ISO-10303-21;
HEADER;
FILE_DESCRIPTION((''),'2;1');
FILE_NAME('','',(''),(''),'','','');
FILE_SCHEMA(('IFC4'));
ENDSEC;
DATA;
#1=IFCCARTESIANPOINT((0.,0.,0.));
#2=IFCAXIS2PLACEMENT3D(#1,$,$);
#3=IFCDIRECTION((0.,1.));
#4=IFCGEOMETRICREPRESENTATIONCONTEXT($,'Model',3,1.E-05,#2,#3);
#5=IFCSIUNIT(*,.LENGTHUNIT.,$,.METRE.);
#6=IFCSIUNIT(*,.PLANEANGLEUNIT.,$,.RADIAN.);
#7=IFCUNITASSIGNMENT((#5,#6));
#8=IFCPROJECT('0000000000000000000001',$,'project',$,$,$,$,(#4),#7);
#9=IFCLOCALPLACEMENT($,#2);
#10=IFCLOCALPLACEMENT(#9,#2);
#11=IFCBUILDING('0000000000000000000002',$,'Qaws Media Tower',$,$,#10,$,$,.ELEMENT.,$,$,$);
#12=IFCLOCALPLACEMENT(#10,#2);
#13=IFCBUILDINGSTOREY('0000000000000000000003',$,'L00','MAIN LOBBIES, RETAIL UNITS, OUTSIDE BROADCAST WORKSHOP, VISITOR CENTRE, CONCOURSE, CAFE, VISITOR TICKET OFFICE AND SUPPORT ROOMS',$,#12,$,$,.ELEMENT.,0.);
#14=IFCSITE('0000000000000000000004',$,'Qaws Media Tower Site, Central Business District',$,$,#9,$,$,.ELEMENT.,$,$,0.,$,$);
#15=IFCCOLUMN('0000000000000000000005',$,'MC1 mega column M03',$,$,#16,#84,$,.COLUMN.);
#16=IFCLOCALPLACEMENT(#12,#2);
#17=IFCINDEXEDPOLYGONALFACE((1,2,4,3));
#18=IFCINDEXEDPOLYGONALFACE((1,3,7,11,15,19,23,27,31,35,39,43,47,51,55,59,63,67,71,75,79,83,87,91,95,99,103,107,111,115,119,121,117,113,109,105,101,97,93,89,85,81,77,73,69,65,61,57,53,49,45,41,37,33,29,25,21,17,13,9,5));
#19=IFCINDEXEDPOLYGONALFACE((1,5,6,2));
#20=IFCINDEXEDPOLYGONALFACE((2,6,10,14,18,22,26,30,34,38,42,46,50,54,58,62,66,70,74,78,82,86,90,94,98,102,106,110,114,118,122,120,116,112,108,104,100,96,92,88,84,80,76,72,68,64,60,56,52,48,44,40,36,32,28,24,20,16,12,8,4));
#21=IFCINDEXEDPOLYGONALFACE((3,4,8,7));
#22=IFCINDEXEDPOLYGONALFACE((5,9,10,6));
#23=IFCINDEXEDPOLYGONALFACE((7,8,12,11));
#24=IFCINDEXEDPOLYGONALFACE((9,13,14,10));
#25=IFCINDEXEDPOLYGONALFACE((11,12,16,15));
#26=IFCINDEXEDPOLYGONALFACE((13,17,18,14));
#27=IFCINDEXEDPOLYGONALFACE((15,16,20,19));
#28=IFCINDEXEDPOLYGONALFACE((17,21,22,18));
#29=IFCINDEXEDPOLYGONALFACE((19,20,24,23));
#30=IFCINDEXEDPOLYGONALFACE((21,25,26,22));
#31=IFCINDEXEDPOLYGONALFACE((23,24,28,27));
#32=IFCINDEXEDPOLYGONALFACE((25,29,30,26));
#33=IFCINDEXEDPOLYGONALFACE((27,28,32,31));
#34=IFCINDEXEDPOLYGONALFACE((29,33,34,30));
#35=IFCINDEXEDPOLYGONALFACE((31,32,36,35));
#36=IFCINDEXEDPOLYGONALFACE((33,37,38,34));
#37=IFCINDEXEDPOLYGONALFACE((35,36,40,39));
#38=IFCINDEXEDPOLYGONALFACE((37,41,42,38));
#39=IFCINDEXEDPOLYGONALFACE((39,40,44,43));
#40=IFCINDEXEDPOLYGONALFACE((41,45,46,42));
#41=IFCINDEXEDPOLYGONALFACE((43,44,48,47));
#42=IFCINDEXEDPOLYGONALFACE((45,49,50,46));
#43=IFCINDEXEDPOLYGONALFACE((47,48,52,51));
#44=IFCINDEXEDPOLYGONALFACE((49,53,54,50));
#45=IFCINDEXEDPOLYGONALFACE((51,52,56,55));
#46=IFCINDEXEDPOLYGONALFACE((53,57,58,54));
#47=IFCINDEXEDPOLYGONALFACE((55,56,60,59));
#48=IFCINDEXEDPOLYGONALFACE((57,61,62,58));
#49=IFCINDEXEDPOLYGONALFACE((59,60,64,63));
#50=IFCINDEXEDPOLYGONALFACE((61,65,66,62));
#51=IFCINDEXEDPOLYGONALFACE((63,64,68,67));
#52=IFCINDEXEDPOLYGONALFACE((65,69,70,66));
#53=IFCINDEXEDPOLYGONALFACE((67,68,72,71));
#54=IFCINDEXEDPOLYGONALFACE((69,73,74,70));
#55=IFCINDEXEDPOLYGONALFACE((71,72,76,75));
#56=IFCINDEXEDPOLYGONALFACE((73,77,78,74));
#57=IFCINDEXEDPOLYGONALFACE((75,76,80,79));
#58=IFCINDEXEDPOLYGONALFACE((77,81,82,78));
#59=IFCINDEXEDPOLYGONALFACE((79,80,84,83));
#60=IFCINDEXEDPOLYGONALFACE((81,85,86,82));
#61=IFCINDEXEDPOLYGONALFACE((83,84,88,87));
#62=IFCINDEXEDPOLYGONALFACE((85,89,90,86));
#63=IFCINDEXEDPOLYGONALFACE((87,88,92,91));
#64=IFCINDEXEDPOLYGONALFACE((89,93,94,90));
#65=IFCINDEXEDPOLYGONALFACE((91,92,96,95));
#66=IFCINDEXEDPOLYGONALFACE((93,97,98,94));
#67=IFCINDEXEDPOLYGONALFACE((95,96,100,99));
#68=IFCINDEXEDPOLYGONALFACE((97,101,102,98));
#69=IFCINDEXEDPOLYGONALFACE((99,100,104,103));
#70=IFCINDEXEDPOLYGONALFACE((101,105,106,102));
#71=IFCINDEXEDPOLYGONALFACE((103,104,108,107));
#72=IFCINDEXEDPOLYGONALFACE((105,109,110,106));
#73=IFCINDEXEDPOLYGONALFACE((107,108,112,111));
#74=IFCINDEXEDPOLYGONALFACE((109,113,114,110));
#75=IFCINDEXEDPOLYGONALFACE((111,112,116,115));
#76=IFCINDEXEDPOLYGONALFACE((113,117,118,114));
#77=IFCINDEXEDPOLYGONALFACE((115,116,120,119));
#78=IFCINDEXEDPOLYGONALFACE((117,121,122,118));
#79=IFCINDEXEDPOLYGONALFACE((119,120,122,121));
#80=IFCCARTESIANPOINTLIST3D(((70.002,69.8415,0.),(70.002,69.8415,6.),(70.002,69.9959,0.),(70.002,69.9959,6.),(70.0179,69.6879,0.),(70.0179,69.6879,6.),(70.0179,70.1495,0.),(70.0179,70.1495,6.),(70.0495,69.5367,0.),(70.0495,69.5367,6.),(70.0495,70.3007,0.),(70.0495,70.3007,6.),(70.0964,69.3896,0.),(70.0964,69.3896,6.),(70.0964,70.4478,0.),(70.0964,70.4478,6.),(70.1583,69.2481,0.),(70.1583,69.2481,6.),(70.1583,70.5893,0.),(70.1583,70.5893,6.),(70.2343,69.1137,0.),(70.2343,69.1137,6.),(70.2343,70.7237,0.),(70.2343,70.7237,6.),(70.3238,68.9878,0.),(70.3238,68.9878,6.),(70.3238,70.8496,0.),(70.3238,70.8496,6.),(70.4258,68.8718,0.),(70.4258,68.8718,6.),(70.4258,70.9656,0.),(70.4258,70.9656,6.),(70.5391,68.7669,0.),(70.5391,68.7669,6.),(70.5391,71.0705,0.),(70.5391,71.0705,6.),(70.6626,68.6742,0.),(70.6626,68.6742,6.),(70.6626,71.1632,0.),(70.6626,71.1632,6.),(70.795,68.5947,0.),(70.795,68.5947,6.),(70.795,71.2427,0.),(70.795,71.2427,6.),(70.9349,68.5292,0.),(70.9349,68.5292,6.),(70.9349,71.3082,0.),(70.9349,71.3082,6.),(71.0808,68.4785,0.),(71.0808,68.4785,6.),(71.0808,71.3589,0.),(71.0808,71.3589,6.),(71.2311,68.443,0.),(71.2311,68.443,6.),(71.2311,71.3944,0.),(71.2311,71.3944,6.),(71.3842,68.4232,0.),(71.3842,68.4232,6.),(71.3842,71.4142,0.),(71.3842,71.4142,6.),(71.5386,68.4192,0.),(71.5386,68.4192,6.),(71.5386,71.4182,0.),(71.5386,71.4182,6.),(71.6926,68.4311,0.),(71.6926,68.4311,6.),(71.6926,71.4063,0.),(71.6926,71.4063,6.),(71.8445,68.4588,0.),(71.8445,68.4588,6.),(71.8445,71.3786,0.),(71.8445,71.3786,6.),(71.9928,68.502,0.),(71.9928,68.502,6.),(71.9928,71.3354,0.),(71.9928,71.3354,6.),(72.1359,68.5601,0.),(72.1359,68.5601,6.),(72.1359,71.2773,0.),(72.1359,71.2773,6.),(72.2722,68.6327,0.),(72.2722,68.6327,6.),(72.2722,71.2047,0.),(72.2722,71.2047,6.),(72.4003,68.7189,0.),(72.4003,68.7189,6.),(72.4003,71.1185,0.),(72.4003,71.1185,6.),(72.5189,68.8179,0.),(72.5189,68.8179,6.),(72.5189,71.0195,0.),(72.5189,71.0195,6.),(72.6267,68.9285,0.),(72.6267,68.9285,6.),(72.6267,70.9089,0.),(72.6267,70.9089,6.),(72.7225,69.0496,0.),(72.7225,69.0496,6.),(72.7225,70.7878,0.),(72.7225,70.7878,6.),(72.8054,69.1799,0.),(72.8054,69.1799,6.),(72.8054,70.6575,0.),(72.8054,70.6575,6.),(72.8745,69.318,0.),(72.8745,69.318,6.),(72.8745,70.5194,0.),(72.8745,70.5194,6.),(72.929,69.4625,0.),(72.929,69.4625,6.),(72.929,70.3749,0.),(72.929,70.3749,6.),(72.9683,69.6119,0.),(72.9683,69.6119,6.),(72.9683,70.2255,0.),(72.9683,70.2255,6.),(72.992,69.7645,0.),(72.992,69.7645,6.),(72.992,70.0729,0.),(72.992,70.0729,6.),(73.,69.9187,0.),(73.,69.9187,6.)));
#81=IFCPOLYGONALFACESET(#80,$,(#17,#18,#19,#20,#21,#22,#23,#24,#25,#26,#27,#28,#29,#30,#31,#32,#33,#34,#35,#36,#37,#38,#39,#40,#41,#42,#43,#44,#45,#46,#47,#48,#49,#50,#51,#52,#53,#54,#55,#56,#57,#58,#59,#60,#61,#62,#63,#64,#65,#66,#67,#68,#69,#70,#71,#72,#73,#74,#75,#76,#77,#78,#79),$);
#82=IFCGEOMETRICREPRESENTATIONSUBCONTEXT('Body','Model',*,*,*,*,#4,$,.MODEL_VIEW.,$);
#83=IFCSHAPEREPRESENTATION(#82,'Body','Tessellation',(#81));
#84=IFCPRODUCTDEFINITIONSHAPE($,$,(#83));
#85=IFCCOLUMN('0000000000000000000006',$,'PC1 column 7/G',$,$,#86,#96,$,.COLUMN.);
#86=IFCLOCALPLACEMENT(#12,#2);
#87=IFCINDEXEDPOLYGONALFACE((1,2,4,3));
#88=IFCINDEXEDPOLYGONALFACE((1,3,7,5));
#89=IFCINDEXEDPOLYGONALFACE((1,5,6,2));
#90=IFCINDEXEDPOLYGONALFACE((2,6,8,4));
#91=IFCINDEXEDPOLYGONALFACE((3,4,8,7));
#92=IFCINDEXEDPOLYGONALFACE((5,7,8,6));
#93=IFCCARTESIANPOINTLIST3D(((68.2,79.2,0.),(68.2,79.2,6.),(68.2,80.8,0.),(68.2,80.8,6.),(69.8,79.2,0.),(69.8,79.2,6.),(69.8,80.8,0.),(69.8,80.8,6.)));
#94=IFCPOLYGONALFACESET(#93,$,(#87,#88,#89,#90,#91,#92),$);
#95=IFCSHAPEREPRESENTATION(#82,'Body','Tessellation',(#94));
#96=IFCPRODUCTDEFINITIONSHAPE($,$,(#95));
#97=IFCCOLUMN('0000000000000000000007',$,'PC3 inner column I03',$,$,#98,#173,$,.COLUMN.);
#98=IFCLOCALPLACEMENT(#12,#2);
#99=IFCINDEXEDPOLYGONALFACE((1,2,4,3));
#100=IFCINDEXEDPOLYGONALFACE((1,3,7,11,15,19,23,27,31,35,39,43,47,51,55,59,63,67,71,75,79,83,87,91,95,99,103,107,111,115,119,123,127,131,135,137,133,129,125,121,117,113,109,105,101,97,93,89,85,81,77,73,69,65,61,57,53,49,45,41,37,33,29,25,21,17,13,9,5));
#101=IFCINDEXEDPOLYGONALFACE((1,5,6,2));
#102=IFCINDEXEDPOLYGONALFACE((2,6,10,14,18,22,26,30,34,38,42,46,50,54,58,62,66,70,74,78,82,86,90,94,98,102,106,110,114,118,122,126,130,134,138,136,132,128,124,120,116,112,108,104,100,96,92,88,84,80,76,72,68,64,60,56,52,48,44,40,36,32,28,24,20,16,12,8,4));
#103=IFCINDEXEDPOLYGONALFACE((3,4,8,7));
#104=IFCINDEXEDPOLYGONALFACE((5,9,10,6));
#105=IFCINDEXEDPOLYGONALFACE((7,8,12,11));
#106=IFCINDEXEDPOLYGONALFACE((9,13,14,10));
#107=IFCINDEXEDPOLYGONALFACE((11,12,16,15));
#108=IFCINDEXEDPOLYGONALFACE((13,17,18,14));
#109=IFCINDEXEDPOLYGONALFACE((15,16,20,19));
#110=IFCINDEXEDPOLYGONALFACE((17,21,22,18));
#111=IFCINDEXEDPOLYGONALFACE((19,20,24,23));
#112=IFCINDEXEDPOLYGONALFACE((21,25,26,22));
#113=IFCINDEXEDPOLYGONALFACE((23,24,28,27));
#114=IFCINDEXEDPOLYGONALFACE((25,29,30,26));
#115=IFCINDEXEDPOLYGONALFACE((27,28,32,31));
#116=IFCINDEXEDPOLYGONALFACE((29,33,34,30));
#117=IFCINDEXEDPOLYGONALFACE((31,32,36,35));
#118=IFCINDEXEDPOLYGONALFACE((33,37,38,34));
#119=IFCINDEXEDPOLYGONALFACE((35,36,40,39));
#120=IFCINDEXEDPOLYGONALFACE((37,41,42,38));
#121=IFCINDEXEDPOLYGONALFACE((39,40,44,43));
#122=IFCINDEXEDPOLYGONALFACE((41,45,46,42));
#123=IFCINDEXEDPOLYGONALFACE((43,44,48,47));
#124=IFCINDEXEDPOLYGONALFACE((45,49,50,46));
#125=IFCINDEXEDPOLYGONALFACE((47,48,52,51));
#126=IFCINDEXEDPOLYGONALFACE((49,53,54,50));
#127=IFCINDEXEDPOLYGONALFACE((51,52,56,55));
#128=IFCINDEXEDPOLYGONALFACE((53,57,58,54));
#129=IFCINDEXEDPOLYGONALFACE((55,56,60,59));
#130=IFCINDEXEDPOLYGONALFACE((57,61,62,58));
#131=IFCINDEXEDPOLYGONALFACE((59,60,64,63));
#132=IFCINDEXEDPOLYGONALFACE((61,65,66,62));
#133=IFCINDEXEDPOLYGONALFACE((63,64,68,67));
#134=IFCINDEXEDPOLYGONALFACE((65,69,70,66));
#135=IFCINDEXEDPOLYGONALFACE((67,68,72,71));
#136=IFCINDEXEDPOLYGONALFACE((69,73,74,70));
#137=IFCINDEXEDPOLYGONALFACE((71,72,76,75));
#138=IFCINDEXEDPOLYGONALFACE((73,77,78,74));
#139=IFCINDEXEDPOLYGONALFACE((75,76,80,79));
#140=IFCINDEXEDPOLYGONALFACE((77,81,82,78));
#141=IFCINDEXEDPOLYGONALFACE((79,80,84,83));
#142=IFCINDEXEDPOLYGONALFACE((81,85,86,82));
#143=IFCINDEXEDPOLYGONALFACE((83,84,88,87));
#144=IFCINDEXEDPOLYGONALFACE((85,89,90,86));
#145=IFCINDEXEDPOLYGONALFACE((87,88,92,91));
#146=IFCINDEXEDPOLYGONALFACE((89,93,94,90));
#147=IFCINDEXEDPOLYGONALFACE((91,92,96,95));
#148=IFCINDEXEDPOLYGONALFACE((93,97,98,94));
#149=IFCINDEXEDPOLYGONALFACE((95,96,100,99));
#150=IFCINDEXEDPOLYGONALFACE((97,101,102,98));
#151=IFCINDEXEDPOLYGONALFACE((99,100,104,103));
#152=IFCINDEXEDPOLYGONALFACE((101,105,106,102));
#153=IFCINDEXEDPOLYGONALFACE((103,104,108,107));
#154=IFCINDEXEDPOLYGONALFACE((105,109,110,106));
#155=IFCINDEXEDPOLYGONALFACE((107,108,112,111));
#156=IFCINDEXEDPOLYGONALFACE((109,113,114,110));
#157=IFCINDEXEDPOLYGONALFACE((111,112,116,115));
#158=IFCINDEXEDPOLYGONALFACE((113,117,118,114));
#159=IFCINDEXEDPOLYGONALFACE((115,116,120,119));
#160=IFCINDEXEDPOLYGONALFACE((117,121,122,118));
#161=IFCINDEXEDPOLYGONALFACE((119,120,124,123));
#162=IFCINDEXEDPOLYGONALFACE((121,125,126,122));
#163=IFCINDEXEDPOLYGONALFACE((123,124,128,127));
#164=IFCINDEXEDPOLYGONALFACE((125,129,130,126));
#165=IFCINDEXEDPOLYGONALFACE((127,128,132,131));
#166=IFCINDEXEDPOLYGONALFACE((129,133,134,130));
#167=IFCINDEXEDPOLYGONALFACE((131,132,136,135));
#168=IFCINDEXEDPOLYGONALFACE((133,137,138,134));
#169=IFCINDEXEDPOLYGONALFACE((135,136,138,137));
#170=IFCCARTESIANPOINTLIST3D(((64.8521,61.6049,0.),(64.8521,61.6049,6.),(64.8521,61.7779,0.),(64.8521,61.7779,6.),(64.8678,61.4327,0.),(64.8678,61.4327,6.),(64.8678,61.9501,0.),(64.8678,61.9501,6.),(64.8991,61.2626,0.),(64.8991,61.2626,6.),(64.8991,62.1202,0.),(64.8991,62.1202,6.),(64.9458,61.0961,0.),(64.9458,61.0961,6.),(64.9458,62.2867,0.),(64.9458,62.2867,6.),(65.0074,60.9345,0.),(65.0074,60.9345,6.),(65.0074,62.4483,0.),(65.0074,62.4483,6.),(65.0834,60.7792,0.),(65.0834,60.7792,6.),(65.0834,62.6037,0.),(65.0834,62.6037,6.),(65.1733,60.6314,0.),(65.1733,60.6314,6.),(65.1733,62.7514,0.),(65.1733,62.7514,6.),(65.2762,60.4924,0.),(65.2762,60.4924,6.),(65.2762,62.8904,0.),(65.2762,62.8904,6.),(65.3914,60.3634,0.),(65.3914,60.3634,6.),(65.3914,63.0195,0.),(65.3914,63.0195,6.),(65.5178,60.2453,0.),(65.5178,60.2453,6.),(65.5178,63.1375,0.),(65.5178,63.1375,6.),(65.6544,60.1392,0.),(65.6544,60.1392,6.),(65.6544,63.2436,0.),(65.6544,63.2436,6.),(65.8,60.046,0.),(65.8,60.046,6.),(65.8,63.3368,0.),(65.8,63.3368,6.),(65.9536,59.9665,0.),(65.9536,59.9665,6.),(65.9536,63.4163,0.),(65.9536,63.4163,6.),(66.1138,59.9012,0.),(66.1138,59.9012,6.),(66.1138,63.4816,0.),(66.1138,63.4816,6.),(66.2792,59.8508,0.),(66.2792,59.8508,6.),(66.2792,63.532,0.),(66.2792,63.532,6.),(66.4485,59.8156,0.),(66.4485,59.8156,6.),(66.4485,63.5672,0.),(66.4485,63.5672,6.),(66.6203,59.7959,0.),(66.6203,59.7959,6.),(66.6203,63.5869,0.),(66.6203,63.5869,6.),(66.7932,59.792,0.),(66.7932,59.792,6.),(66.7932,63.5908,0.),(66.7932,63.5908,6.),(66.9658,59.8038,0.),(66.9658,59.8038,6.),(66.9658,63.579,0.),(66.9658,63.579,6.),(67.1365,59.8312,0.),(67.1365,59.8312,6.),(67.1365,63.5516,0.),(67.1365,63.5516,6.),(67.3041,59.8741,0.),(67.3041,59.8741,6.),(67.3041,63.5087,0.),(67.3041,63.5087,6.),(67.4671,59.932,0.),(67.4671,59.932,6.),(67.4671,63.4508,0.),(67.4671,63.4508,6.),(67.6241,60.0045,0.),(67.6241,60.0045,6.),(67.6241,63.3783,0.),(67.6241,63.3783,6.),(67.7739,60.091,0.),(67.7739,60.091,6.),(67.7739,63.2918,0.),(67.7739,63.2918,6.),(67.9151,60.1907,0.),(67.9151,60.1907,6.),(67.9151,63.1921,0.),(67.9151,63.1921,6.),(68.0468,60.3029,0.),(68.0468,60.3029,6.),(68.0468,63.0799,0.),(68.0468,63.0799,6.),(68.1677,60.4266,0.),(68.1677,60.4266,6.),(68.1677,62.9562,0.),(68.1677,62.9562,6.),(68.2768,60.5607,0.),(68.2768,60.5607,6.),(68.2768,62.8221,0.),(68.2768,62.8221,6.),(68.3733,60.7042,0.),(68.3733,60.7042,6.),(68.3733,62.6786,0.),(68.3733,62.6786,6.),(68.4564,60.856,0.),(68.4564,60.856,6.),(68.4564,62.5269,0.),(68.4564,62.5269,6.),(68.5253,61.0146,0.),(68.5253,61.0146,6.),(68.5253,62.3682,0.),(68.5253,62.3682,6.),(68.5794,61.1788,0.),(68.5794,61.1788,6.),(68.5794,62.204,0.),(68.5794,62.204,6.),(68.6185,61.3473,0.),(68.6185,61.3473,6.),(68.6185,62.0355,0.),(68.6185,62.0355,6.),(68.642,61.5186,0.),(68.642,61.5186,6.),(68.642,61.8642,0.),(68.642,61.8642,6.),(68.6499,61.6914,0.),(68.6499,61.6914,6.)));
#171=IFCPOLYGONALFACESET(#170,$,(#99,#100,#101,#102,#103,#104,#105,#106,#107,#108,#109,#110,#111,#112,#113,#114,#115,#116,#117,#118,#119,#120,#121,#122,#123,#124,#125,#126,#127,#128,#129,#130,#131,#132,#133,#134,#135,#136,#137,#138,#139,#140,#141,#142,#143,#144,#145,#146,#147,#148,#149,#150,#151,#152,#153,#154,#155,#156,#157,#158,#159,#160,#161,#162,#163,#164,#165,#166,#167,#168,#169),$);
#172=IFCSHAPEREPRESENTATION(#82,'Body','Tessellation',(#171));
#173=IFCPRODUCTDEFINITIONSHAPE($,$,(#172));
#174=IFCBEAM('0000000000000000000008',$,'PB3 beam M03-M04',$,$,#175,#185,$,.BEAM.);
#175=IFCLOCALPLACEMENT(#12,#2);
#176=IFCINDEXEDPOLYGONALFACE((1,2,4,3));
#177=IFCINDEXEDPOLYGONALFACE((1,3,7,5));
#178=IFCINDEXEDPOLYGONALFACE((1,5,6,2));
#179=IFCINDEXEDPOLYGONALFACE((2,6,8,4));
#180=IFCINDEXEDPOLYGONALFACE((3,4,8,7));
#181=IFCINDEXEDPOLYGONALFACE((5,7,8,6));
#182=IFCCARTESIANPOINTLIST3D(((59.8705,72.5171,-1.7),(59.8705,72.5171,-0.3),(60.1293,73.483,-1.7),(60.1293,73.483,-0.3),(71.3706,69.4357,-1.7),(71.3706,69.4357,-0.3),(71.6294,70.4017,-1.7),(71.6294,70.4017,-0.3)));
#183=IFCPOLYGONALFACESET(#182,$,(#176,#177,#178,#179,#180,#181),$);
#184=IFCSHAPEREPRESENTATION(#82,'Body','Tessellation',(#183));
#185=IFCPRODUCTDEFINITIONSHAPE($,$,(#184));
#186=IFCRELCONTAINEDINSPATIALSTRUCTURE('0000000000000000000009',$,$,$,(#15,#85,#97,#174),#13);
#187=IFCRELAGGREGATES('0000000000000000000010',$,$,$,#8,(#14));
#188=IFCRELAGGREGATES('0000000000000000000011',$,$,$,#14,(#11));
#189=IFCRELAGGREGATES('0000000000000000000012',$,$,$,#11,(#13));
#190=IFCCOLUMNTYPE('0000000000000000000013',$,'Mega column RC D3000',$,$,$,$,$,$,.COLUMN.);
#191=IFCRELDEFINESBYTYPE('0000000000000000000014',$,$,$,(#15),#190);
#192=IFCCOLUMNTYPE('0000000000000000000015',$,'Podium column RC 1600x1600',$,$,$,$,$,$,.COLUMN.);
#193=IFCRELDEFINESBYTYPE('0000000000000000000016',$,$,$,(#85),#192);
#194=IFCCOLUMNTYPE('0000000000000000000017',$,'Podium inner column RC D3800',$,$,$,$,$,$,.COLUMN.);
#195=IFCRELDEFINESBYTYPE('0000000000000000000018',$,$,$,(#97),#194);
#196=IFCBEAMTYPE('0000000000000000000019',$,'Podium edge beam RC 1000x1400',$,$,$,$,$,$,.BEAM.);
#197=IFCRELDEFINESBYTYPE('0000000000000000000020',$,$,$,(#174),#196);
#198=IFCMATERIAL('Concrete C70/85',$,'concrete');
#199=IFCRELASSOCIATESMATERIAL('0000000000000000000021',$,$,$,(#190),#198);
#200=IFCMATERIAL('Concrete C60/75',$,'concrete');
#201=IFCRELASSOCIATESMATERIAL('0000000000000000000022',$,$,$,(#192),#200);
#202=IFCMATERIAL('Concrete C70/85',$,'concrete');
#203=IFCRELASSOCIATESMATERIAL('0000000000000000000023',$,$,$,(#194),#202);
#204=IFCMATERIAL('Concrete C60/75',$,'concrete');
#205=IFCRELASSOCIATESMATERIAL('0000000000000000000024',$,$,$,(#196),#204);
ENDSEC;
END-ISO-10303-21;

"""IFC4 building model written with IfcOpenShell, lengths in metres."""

from ifc_helpers import new_model, si_unit, direction, frame, origin, origin_2d, place, context, subcontext, project, spatial, rectangle, circle, extrude, material, material_profile, profile_set, type_object, element, save


model = new_model("IFC4")

# Units and contexts
model_context = context("Model", 3, precision=1e-05, world=origin(), true_north=direction((0.0, 1.0)))
body_context = subcontext(model_context, "Body", "Model", "MODEL_VIEW")
ifc_project = project(units=[si_unit("LENGTHUNIT", "METRE"), si_unit("PLANEANGLEUNIT", "RADIAN")], contexts=[model_context])

# Site, building, storey
site_placement = place(None, origin())
site = spatial("IfcSite", under=ifc_project, at=site_placement, Name="Qaws Media Tower Site, Central Business District", CompositionType="ELEMENT", RefElevation=0.0)
building_placement = place(site_placement, origin())
building = spatial("IfcBuilding", under=site, at=building_placement, Name="Qaws Media Tower", CompositionType="ELEMENT")
storey_placement = place(building_placement, origin())
storey = spatial("IfcBuildingStorey", under=building, at=storey_placement, Name="L00", Description="MAIN LOBBIES, RETAIL UNITS, OUTSIDE BROADCAST WORKSHOP, VISITOR CENTRE, CONCOURSE, CAFE, VISITOR TICKET OFFICE AND SUPPORT ROOMS", CompositionType="ELEMENT", Elevation=0.0)

# Columns
ifc_material_1 = material(Name="Concrete C70/85", Category="concrete")
ifc_material_profile_1 = material_profile(ifc_material_1, circle(Radius=1.5, at=origin_2d()), Name="RC D3000")
ifc_profile_set_1 = profile_set([ifc_material_profile_1], Name="Concrete C70/85")
column_type_1 = type_object("IfcColumnType", Name="Mega column RC D3000", PredefinedType="COLUMN", material=ifc_profile_set_1)
column_1_placement = place(storey_placement, frame((71.5, 69.9187, 0.0), z_axis=(0.0, 0.0, 1.0), x_axis=(1.0, 0.0, 0.0)))
element("IfcColumn", 1, at=column_1_placement, inside=storey, type_object=column_type_1, Name="MC1 mega column M03", PredefinedType="COLUMN", context=body_context, shape_type="SweptSolid", body=[
    extrude(circle(Radius=1.5, at=origin_2d()), origin(), (0.0, 0.0, 1.0), 6.0),
])
ifc_material_2 = material(Name="Concrete C60/75", Category="concrete")
ifc_material_profile_2 = material_profile(ifc_material_2, rectangle(XDim=1.6001, YDim=1.6001, at=origin_2d()), Name="RC 1600x1600")
ifc_profile_set_2 = profile_set([ifc_material_profile_2], Name="Concrete C60/75")
column_type_2 = type_object("IfcColumnType", Name="Podium column RC 1600x1600", PredefinedType="COLUMN", material=ifc_profile_set_2)
column_2_placement = place(storey_placement, frame((69.0, 80.0, 0.0), z_axis=(0.0, 0.0, 1.0), x_axis=(1.0, 0.0, 0.0)))
element("IfcColumn", 2, at=column_2_placement, inside=storey, type_object=column_type_2, Name="PC1 column 7/G", PredefinedType="COLUMN", context=body_context, shape_type="SweptSolid", body=[
    extrude(rectangle(XDim=1.6001, YDim=1.6001, at=origin_2d()), origin(), (0.0, 0.0, 1.0), 6.0),
])
ifc_material_3 = material(Name="Concrete C70/85", Category="concrete")
ifc_material_profile_3 = material_profile(ifc_material_3, circle(Radius=1.8999, at=origin_2d()), Name="RC D3800")
ifc_profile_set_3 = profile_set([ifc_material_profile_3], Name="Concrete C70/85")
column_type_3 = type_object("IfcColumnType", Name="Podium inner column RC D3800", PredefinedType="COLUMN", material=ifc_profile_set_3)
column_3_placement = place(storey_placement, frame((66.75, 61.6914, 0.0), z_axis=(0.0, 0.0, 1.0), x_axis=(1.0, 0.0, 0.0)))
element("IfcColumn", 3, at=column_3_placement, inside=storey, type_object=column_type_3, Name="PC3 inner column I03", PredefinedType="COLUMN", context=body_context, shape_type="SweptSolid", body=[
    extrude(circle(Radius=1.8999, at=origin_2d()), origin(), (0.0, 0.0, 1.0), 6.0),
])

# Beam
ifc_material_4 = material(Name="Concrete C60/75", Category="concrete")
ifc_material_profile_4 = material_profile(ifc_material_4, rectangle(XDim=1.0, YDim=1.3999, at=origin_2d()), Name="RC 1000x1400")
ifc_profile_set_4 = profile_set([ifc_material_profile_4], Name="Concrete C60/75")
beam_type_1 = type_object("IfcBeamType", Name="Podium edge beam RC 1000x1400", PredefinedType="BEAM", material=ifc_profile_set_4)
beam_1_placement = place(storey_placement, frame((71.5, 69.9187, -1.0), z_axis=(-0.965928, 0.25881, 0.0), x_axis=(-0.25881, -0.965928, 0.0)))
element("IfcBeam", 4, at=beam_1_placement, inside=storey, type_object=beam_type_1, Name="PB3 beam M03-M04", PredefinedType="BEAM", context=body_context, shape_type="SweptSolid", body=[
    extrude(rectangle(XDim=1.0, YDim=1.3999, at=origin_2d()), origin(), (0.0, 0.0, 1.0), 11.9058),
])

save(model, "model.ifc")
